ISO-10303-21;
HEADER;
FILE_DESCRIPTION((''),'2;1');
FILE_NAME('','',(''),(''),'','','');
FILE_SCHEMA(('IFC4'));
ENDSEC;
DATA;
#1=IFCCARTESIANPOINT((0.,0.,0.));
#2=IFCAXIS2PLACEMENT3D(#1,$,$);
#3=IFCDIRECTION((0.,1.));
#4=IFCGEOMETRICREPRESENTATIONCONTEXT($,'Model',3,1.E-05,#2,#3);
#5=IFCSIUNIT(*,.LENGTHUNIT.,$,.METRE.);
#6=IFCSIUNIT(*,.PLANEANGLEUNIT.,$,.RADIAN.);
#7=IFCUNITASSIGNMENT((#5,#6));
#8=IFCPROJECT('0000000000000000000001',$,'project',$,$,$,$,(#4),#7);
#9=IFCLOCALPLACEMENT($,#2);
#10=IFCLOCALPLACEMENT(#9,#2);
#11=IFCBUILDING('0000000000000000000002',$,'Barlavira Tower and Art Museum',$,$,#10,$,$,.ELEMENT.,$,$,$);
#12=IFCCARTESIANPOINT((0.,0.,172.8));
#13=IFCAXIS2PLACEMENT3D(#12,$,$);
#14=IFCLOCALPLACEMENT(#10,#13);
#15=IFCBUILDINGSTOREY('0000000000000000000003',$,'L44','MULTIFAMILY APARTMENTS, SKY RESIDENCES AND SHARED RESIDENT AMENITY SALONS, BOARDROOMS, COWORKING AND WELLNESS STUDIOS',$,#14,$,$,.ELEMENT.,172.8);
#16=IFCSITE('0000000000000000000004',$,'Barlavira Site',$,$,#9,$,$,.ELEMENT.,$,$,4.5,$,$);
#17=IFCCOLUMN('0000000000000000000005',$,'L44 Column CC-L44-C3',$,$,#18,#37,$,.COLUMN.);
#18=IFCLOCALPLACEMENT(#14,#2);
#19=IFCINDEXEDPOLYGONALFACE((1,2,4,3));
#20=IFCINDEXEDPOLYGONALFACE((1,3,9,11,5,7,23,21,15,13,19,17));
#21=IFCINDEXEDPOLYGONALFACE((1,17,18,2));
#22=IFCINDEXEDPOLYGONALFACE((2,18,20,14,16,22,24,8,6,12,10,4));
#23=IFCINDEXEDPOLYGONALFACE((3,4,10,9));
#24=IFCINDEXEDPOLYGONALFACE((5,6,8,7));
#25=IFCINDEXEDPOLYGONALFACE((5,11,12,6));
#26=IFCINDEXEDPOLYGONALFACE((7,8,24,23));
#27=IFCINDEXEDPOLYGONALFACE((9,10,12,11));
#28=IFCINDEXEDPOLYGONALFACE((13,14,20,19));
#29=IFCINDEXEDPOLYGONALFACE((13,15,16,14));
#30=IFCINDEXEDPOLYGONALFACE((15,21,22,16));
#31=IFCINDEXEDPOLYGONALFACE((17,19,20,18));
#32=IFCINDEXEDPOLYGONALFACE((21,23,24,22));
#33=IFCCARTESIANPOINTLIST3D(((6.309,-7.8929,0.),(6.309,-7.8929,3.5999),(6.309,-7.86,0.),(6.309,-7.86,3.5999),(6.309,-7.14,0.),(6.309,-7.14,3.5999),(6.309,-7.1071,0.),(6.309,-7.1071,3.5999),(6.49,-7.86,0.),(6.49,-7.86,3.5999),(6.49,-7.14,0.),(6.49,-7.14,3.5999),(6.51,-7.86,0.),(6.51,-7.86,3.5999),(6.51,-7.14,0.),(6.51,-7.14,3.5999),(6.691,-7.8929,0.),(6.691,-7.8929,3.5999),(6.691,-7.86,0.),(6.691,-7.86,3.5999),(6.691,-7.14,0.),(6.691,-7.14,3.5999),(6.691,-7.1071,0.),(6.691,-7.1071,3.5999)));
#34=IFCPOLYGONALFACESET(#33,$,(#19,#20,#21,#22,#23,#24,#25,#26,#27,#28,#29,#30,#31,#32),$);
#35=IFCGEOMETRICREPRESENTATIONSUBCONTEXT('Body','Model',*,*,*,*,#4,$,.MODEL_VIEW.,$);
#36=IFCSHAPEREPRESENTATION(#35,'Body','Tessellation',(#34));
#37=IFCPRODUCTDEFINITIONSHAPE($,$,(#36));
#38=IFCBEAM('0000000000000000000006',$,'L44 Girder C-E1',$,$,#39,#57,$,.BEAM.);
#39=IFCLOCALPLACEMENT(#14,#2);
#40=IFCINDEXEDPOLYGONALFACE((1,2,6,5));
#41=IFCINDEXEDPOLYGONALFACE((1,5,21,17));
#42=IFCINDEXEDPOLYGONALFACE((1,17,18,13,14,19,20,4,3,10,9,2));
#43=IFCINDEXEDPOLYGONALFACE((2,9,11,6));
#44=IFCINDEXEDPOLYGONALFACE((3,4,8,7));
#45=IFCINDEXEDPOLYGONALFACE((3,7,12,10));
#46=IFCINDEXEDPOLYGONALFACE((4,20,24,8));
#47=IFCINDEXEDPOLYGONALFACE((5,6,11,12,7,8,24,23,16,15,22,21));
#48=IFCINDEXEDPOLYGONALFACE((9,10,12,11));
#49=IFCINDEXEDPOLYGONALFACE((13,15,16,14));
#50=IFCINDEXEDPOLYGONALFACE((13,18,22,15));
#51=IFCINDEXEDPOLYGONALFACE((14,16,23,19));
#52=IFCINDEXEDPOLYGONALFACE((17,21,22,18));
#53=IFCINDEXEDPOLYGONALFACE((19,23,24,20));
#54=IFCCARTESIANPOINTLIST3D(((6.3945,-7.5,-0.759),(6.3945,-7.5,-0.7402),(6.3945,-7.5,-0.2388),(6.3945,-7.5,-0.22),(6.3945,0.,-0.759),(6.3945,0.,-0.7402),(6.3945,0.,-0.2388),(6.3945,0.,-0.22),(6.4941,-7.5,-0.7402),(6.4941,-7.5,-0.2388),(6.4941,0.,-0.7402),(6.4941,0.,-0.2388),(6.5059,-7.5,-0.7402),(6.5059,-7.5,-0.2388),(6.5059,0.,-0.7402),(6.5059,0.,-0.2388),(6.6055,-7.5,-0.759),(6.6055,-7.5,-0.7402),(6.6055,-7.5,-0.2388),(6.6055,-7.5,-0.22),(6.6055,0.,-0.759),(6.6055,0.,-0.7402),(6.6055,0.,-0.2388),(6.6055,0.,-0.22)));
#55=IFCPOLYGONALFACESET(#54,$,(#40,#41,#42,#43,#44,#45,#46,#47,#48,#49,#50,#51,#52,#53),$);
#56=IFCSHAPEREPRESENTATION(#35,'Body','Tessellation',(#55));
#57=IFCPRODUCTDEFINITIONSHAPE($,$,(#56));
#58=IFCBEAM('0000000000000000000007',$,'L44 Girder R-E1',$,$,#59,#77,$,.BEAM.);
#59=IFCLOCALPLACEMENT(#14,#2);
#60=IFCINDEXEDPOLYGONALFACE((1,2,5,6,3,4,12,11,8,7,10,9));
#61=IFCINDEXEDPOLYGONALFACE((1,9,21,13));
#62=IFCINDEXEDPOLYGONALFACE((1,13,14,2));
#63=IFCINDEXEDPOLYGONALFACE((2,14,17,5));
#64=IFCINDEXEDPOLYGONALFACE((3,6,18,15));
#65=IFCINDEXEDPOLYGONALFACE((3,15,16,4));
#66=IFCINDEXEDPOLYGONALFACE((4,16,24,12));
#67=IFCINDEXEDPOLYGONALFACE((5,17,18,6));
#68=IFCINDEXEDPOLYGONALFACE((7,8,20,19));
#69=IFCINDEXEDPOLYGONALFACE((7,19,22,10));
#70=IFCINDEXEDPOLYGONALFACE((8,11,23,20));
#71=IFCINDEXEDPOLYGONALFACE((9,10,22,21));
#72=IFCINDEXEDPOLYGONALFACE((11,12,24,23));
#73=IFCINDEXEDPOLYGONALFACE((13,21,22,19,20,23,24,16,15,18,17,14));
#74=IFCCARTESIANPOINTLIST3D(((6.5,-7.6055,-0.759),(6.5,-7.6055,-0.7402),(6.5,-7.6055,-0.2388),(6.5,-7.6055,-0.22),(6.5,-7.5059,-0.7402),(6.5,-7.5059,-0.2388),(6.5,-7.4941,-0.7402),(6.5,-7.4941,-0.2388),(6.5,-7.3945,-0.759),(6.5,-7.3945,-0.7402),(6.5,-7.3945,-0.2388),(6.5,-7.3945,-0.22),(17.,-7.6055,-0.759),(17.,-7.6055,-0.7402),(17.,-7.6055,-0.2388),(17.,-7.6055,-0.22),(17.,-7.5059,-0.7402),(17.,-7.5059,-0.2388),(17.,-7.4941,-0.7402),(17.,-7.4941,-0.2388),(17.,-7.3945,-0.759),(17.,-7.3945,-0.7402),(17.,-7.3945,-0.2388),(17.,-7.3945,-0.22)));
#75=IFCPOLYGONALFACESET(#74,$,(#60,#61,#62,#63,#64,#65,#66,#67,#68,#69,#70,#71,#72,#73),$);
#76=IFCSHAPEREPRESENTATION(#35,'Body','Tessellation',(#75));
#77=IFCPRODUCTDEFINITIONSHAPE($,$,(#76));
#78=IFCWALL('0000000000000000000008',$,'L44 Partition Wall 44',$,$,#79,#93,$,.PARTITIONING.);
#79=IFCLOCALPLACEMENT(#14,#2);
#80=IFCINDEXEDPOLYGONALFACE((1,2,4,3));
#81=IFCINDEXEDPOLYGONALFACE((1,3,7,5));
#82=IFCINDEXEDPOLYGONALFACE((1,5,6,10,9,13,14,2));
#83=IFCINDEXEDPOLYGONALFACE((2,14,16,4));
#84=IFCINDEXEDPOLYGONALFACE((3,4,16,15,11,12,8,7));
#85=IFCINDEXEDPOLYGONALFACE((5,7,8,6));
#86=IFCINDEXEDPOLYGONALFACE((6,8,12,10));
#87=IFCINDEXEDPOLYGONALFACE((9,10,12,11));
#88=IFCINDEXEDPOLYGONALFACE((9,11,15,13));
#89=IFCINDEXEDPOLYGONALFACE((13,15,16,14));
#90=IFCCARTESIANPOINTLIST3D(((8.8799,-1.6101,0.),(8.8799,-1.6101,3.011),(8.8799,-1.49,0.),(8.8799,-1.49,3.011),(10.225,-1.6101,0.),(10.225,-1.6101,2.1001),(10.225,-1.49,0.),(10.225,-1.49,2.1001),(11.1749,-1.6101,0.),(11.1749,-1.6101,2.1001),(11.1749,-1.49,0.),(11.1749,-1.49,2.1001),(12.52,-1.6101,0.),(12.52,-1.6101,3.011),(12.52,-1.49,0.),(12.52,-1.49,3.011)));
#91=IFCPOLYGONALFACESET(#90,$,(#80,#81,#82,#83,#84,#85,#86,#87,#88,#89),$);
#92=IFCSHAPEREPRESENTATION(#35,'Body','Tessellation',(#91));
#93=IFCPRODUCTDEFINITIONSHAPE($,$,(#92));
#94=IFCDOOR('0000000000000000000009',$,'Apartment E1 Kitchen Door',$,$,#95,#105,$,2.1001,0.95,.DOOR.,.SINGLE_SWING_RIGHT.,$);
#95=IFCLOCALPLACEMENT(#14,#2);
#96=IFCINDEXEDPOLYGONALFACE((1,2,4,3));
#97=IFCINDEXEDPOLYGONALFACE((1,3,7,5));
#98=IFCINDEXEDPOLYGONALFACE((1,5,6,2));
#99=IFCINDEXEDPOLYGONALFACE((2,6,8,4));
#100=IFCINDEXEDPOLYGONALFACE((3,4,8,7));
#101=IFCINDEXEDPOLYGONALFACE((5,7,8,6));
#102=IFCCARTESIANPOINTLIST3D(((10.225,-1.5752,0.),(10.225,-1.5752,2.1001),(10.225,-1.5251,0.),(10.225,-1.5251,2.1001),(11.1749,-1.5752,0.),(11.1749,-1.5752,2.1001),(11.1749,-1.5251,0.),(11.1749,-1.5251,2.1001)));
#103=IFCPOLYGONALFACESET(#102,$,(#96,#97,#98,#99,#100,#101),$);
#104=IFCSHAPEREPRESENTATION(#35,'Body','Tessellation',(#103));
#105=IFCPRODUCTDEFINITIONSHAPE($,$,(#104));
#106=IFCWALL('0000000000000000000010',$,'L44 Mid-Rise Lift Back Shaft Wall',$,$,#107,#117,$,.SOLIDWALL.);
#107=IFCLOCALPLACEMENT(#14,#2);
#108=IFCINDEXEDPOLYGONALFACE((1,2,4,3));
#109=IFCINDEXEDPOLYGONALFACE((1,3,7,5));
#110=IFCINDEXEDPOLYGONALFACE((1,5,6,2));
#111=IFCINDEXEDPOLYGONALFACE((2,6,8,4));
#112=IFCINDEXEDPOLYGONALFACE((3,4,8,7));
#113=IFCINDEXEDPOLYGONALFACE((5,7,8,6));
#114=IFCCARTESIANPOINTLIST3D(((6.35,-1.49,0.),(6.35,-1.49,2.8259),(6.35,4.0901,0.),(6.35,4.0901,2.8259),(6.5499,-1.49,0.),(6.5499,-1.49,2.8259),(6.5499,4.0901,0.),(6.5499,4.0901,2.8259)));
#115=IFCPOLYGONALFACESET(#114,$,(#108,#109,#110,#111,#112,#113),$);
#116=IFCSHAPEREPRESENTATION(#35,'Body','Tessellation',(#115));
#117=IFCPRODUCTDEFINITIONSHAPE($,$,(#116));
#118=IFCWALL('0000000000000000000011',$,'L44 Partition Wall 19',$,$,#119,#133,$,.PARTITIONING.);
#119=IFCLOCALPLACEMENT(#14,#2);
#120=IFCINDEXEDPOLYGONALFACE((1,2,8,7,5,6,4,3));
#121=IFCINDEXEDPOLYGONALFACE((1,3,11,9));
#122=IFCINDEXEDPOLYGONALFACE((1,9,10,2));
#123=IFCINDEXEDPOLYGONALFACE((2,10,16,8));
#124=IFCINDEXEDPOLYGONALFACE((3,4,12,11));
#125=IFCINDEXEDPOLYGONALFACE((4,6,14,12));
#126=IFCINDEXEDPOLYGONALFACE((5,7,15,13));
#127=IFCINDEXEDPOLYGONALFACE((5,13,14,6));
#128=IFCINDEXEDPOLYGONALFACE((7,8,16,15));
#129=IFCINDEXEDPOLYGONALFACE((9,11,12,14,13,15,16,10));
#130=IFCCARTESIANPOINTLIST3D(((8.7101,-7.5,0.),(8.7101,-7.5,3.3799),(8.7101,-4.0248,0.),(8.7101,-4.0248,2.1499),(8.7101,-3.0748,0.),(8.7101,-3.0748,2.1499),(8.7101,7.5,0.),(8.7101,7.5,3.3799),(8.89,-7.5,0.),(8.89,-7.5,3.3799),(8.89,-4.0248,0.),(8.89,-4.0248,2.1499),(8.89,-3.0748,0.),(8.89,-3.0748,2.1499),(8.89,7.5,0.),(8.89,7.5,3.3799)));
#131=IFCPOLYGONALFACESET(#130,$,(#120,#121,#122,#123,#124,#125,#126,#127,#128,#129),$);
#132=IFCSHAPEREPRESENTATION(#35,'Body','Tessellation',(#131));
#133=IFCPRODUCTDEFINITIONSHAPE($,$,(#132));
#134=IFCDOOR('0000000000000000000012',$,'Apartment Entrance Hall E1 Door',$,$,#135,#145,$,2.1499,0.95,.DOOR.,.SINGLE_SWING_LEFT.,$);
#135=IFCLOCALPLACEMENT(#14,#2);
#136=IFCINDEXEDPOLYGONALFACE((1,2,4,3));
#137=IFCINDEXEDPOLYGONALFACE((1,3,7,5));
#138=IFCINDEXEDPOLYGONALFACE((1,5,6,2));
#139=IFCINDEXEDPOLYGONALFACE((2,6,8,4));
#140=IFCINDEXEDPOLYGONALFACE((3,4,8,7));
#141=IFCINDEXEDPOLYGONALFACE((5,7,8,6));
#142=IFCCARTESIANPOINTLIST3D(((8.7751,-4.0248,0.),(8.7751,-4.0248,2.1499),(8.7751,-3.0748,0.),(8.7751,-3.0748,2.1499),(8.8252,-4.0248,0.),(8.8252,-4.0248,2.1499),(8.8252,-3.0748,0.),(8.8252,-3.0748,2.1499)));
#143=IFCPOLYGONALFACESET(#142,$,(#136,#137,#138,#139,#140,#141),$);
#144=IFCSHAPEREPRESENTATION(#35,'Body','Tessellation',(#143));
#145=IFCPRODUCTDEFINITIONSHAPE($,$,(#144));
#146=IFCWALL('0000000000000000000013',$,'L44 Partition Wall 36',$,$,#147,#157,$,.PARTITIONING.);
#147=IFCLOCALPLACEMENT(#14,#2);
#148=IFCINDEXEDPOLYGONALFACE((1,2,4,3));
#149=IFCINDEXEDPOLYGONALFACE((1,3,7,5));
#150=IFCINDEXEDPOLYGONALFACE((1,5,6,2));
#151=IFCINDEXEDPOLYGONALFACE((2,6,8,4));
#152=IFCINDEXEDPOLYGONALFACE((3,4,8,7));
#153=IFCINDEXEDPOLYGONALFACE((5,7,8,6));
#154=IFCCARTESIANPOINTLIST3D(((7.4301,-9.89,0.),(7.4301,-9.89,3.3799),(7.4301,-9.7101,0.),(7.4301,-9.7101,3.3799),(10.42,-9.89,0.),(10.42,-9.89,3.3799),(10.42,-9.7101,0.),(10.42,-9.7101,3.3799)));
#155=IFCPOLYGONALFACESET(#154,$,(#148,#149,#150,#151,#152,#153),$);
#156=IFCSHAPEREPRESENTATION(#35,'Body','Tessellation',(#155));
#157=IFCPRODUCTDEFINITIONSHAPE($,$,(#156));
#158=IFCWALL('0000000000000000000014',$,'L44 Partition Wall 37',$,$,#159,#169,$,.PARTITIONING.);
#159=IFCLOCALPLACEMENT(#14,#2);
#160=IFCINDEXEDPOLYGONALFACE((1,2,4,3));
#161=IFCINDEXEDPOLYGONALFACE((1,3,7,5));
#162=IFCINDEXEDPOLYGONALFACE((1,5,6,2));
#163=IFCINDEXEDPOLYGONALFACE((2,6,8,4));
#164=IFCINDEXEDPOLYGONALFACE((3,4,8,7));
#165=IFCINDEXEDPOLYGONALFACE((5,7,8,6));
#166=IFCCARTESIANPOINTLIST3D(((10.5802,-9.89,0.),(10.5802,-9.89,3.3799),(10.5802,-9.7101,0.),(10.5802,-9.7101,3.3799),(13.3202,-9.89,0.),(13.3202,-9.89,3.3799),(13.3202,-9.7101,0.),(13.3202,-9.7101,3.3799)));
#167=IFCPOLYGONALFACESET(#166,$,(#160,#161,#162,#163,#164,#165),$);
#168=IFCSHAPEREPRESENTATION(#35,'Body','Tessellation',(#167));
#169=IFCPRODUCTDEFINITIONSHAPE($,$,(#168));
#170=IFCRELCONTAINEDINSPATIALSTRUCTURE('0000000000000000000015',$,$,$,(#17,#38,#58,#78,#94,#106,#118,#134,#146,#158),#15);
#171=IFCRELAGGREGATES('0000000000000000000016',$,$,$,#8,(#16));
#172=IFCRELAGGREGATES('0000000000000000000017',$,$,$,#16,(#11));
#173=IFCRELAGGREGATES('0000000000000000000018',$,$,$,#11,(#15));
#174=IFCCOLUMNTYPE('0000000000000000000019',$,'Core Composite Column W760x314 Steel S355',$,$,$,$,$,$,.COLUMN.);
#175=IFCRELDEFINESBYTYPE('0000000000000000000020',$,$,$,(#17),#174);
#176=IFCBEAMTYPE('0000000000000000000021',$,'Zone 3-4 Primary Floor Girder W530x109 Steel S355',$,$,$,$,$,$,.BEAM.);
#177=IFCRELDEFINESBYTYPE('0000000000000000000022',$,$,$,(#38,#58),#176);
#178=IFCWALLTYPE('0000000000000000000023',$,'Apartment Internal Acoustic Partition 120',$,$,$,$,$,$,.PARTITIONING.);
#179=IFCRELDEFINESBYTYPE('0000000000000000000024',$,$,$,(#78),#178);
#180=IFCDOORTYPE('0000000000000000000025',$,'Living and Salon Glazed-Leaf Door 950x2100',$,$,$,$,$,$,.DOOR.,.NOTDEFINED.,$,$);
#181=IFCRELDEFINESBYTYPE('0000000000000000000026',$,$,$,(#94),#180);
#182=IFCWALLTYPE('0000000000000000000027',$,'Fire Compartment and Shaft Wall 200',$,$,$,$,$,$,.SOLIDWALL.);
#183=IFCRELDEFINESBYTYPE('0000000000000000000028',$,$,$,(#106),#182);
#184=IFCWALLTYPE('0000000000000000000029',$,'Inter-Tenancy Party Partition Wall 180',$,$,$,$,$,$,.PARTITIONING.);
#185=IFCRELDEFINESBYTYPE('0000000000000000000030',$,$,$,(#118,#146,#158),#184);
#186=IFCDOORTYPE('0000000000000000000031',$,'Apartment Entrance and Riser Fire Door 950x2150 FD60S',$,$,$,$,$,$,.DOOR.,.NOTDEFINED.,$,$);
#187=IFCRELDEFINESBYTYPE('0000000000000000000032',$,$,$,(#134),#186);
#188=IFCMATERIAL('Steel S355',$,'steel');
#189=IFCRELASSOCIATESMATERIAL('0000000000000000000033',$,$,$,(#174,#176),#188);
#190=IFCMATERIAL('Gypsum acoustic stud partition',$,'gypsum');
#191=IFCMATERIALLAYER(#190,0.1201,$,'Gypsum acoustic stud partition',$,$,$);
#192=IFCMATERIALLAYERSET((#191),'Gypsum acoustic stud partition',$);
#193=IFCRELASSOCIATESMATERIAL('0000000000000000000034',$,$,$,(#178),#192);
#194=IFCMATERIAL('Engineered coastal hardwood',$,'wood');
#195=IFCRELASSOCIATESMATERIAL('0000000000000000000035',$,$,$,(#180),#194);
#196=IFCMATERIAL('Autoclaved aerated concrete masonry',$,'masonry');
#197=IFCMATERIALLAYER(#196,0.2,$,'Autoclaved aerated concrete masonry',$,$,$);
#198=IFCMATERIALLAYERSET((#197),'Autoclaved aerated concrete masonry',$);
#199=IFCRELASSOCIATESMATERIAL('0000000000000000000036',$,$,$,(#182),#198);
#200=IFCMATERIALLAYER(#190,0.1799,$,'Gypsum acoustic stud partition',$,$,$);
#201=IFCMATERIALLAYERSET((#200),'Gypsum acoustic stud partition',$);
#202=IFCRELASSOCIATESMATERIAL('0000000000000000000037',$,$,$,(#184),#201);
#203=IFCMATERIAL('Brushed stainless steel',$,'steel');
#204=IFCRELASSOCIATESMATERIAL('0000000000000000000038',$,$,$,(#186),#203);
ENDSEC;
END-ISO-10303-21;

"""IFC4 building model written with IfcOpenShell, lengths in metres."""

from ifc_helpers import new_model, si_unit, direction, frame, frame_2d, origin, origin_2d, place, context, subcontext, project, spatial, rectangle, i_section, extrude, material, layer, layer_set, material_profile, profile_set, type_object, element, fill, save


model = new_model("IFC4")

# Units and contexts
model_context = context("Model", 3, precision=1e-05, world=origin(), true_north=direction((0.0, 1.0)))
body_context = subcontext(model_context, "Body", "Model", "MODEL_VIEW")
ifc_project = project(units=[si_unit("LENGTHUNIT", "METRE"), si_unit("PLANEANGLEUNIT", "RADIAN")], contexts=[model_context])

# Site, building, storey
site_placement = place(None, origin())
site = spatial("IfcSite", under=ifc_project, at=site_placement, Name="Barlavira Site", CompositionType="ELEMENT", RefElevation=4.5)
building_placement = place(site_placement, origin())
building = spatial("IfcBuilding", under=site, at=building_placement, Name="Barlavira Tower and Art Museum", CompositionType="ELEMENT")
storey_placement = place(building_placement, frame((0.0, 0.0, 172.8)))
storey = spatial("IfcBuildingStorey", under=building, at=storey_placement, Name="L44", Description="MULTIFAMILY APARTMENTS, SKY RESIDENCES AND SHARED RESIDENT AMENITY SALONS, BOARDROOMS, COWORKING AND WELLNESS STUDIOS", CompositionType="ELEMENT", Elevation=172.8)

# Column
ifc_material_1 = material(Name="Steel S355", Category="steel")
ifc_material_profile_1 = material_profile(ifc_material_1, i_section(OverallWidth=0.3821, OverallDepth=0.7859, WebThickness=0.02, FlangeThickness=0.033, at=origin_2d()), Name="W760x314.0")
ifc_profile_set_1 = profile_set([ifc_material_profile_1], Name="Steel S355")
column_type = type_object("IfcColumnType", Name="Core Composite Column W760x314 Steel S355", PredefinedType="COLUMN", material=ifc_profile_set_1)
column_placement = place(storey_placement, frame((6.5, -7.5, 0.0), z_axis=(0.0, 0.0, 1.0), x_axis=(1.0, 0.0, 0.0)))
element("IfcColumn", 1, at=column_placement, inside=storey, type_object=column_type, Name="L44 Column CC-L44-C3", PredefinedType="COLUMN", context=body_context, shape_type="SweptSolid", body=[
    extrude(i_section(OverallWidth=0.3821, OverallDepth=0.7859, WebThickness=0.02, FlangeThickness=0.033, at=origin_2d()), origin(), (0.0, 0.0, 1.0), 3.5999),
])

# Beams
ifc_material_profile_2 = material_profile(ifc_material_1, i_section(OverallWidth=0.2109, OverallDepth=0.5391, WebThickness=0.0117, FlangeThickness=0.0188, at=origin_2d()), Name="W530x109.0")
ifc_profile_set_2 = profile_set([ifc_material_profile_2], Name="Steel S355")
beam_type = type_object("IfcBeamType", Name="Zone 3-4 Primary Floor Girder W530x109 Steel S355", PredefinedType="BEAM", material=ifc_profile_set_2)
beam_1_placement = place(storey_placement, frame((6.5, -7.5, -0.4895), z_axis=(0.0, 1.0, 0.0), x_axis=(-1.0, 0.0, 0.0)))
element("IfcBeam", 2, at=beam_1_placement, inside=storey, type_object=beam_type, Name="L44 Girder C-E1", PredefinedType="BEAM", context=body_context, shape_type="SweptSolid", body=[
    extrude(i_section(OverallWidth=0.2109, OverallDepth=0.5391, WebThickness=0.0117, FlangeThickness=0.0188, at=origin_2d()), origin(), (0.0, 0.0, 1.0), 7.5),
])
beam_2_placement = place(storey_placement, frame((6.5, -7.5, -0.4895), z_axis=(1.0, 0.0, 0.0), x_axis=(0.0, 1.0, 0.0)))
element("IfcBeam", 3, at=beam_2_placement, inside=storey, type_object=beam_type, Name="L44 Girder R-E1", PredefinedType="BEAM", context=body_context, shape_type="SweptSolid", body=[
    extrude(i_section(OverallWidth=0.2109, OverallDepth=0.5391, WebThickness=0.0117, FlangeThickness=0.0188, at=origin_2d()), origin(), (0.0, 0.0, 1.0), 10.5),
])

# Wall, opening, door
ifc_material_2 = material(Name="Gypsum acoustic stud partition", Category="gypsum")
ifc_layer_1 = layer(ifc_material_2, 0.1201, Name="Gypsum acoustic stud partition")
ifc_layer_set_1 = layer_set([ifc_layer_1], Name="Gypsum acoustic stud partition")
wall_type_1 = type_object("IfcWallType", Name="Apartment Internal Acoustic Partition 120", PredefinedType="PARTITIONING", material=ifc_layer_set_1)
wall_1_placement = place(storey_placement, frame((8.8799, -1.55, 0.0), z_axis=(0.0, 0.0, 1.0), x_axis=(1.0, 0.0, 0.0)))
wall_1 = element("IfcWall", 4, at=wall_1_placement, inside=storey, type_object=wall_type_1, Name="L44 Partition Wall 44", PredefinedType="PARTITIONING", context=body_context, shape_type="SweptSolid", body=[
    extrude(rectangle(XDim=3.6401, YDim=0.1201, at=frame_2d((1.8201, 0.0))), origin(), (0.0, 0.0, 1.0), 3.011),
])
opening_1_placement = place(wall_1_placement, frame((1.345, 0.0, 0.0)))
opening_1 = element("IfcOpeningElement", 5, at=opening_1_placement, cuts=wall_1, PredefinedType="OPENING", context=body_context, shape_type="SweptSolid", body=[
    extrude(rectangle(XDim=0.95, YDim=2.1001, at=frame_2d((0.4751, 1.05))), frame((0.0, 0.0701, 0.0), z_axis=(0.0, -1.0, 0.0), x_axis=(1.0, 0.0, 0.0)), (0.0, 0.0, 1.0), 0.1401),
])
ifc_material_3 = material(Name="Engineered coastal hardwood", Category="wood")
door_type_1 = type_object("IfcDoorType", Name="Living and Salon Glazed-Leaf Door 950x2100", OperationType="NOTDEFINED", PredefinedType="DOOR", material=ifc_material_3)
door_1_placement = place(opening_1_placement, origin())
door_1 = element("IfcDoor", 6, at=door_1_placement, inside=storey, type_object=door_type_1, Name="Apartment E1 Kitchen Door", OperationType="SINGLE_SWING_RIGHT", OverallHeight=2.1001, OverallWidth=0.95, PredefinedType="DOOR", context=body_context, shape_type="SweptSolid", body=[
    extrude(rectangle(XDim=0.95, YDim=2.1001, at=frame_2d((0.4751, 1.05))), frame((0.0, 0.0249, 0.0), z_axis=(0.0, -1.0, 0.0), x_axis=(1.0, 0.0, 0.0)), (0.0, 0.0, 1.0), 0.05),
])
fill(opening_1, door_1)
ifc_material_4 = material(Name="Brushed stainless steel", Category="steel")

# Wall
ifc_material_5 = material(Name="Autoclaved aerated concrete masonry", Category="masonry")
ifc_layer_2 = layer(ifc_material_5, 0.2, Name="Autoclaved aerated concrete masonry")
ifc_layer_set_2 = layer_set([ifc_layer_2], Name="Autoclaved aerated concrete masonry")
wall_type_2 = type_object("IfcWallType", Name="Fire Compartment and Shaft Wall 200", PredefinedType="SOLIDWALL", material=ifc_layer_set_2)
wall_2_placement = place(storey_placement, frame((6.45, -1.49, 0.0), z_axis=(0.0, 0.0, 1.0), x_axis=(0.0, 1.0, 0.0)))
element("IfcWall", 7, at=wall_2_placement, inside=storey, type_object=wall_type_2, Name="L44 Mid-Rise Lift Back Shaft Wall", PredefinedType="SOLIDWALL", context=body_context, shape_type="SweptSolid", body=[
    extrude(rectangle(XDim=5.5801, YDim=0.2, at=frame_2d((2.79, 0.0))), origin(), (0.0, 0.0, 1.0), 2.8259),
])

# Wall, opening, door
ifc_layer_3 = layer(ifc_material_2, 0.1799, Name="Gypsum acoustic stud partition")
ifc_layer_set_3 = layer_set([ifc_layer_3], Name="Gypsum acoustic stud partition")
wall_type_3 = type_object("IfcWallType", Name="Inter-Tenancy Party Partition Wall 180", PredefinedType="PARTITIONING", material=ifc_layer_set_3)
wall_3_placement = place(storey_placement, frame((8.8, -7.5, 0.0), z_axis=(0.0, 0.0, 1.0), x_axis=(0.0, 1.0, 0.0)))
wall_3 = element("IfcWall", 8, at=wall_3_placement, inside=storey, type_object=wall_type_3, Name="L44 Partition Wall 19", PredefinedType="PARTITIONING", context=body_context, shape_type="SweptSolid", body=[
    extrude(rectangle(XDim=15.0, YDim=0.1799, at=frame_2d((7.5, 0.0))), origin(), (0.0, 0.0, 1.0), 3.3799),
])
opening_2_placement = place(wall_3_placement, frame((3.4751, 0.0, 0.0)))
opening_2 = element("IfcOpeningElement", 9, at=opening_2_placement, cuts=wall_3, PredefinedType="OPENING", context=body_context, shape_type="SweptSolid", body=[
    extrude(rectangle(XDim=0.95, YDim=2.1499, at=frame_2d((0.4751, 1.075))), frame((0.0, 0.1001, 0.0), z_axis=(0.0, -1.0, 0.0), x_axis=(1.0, 0.0, 0.0)), (0.0, 0.0, 1.0), 0.2),
])
door_type_2 = type_object("IfcDoorType", Name="Apartment Entrance and Riser Fire Door 950x2150 FD60S", OperationType="NOTDEFINED", PredefinedType="DOOR", material=ifc_material_4)
door_2_placement = place(opening_2_placement, origin())
door_2 = element("IfcDoor", 10, at=door_2_placement, inside=storey, type_object=door_type_2, Name="Apartment Entrance Hall E1 Door", OperationType="SINGLE_SWING_LEFT", OverallHeight=2.1499, OverallWidth=0.95, PredefinedType="DOOR", context=body_context, shape_type="SweptSolid", body=[
    extrude(rectangle(XDim=0.95, YDim=2.1499, at=frame_2d((0.4751, 1.075))), frame((0.0, 0.0249, 0.0), z_axis=(0.0, -1.0, 0.0), x_axis=(1.0, 0.0, 0.0)), (0.0, 0.0, 1.0), 0.05),
])
fill(opening_2, door_2)

# Walls
wall_4_placement = place(storey_placement, frame((7.4299, -9.8, 0.0), z_axis=(0.0, 0.0, 1.0), x_axis=(1.0, 0.0, 0.0)))
element("IfcWall", 11, at=wall_4_placement, inside=storey, type_object=wall_type_3, Name="L44 Partition Wall 36", PredefinedType="PARTITIONING", context=body_context, shape_type="SweptSolid", body=[
    extrude(rectangle(XDim=2.99, YDim=0.1799, at=frame_2d((1.4951, 0.0))), origin(), (0.0, 0.0, 1.0), 3.3799),
])
wall_5_placement = place(storey_placement, frame((10.5801, -9.8, 0.0), z_axis=(0.0, 0.0, 1.0), x_axis=(1.0, 0.0, 0.0)))
element("IfcWall", 12, at=wall_5_placement, inside=storey, type_object=wall_type_3, Name="L44 Partition Wall 37", PredefinedType="PARTITIONING", context=body_context, shape_type="SweptSolid", body=[
    extrude(rectangle(XDim=2.74, YDim=0.1799, at=frame_2d((1.3701, 0.0))), origin(), (0.0, 0.0, 1.0), 3.3799),
])

save(model, "model.ifc")
